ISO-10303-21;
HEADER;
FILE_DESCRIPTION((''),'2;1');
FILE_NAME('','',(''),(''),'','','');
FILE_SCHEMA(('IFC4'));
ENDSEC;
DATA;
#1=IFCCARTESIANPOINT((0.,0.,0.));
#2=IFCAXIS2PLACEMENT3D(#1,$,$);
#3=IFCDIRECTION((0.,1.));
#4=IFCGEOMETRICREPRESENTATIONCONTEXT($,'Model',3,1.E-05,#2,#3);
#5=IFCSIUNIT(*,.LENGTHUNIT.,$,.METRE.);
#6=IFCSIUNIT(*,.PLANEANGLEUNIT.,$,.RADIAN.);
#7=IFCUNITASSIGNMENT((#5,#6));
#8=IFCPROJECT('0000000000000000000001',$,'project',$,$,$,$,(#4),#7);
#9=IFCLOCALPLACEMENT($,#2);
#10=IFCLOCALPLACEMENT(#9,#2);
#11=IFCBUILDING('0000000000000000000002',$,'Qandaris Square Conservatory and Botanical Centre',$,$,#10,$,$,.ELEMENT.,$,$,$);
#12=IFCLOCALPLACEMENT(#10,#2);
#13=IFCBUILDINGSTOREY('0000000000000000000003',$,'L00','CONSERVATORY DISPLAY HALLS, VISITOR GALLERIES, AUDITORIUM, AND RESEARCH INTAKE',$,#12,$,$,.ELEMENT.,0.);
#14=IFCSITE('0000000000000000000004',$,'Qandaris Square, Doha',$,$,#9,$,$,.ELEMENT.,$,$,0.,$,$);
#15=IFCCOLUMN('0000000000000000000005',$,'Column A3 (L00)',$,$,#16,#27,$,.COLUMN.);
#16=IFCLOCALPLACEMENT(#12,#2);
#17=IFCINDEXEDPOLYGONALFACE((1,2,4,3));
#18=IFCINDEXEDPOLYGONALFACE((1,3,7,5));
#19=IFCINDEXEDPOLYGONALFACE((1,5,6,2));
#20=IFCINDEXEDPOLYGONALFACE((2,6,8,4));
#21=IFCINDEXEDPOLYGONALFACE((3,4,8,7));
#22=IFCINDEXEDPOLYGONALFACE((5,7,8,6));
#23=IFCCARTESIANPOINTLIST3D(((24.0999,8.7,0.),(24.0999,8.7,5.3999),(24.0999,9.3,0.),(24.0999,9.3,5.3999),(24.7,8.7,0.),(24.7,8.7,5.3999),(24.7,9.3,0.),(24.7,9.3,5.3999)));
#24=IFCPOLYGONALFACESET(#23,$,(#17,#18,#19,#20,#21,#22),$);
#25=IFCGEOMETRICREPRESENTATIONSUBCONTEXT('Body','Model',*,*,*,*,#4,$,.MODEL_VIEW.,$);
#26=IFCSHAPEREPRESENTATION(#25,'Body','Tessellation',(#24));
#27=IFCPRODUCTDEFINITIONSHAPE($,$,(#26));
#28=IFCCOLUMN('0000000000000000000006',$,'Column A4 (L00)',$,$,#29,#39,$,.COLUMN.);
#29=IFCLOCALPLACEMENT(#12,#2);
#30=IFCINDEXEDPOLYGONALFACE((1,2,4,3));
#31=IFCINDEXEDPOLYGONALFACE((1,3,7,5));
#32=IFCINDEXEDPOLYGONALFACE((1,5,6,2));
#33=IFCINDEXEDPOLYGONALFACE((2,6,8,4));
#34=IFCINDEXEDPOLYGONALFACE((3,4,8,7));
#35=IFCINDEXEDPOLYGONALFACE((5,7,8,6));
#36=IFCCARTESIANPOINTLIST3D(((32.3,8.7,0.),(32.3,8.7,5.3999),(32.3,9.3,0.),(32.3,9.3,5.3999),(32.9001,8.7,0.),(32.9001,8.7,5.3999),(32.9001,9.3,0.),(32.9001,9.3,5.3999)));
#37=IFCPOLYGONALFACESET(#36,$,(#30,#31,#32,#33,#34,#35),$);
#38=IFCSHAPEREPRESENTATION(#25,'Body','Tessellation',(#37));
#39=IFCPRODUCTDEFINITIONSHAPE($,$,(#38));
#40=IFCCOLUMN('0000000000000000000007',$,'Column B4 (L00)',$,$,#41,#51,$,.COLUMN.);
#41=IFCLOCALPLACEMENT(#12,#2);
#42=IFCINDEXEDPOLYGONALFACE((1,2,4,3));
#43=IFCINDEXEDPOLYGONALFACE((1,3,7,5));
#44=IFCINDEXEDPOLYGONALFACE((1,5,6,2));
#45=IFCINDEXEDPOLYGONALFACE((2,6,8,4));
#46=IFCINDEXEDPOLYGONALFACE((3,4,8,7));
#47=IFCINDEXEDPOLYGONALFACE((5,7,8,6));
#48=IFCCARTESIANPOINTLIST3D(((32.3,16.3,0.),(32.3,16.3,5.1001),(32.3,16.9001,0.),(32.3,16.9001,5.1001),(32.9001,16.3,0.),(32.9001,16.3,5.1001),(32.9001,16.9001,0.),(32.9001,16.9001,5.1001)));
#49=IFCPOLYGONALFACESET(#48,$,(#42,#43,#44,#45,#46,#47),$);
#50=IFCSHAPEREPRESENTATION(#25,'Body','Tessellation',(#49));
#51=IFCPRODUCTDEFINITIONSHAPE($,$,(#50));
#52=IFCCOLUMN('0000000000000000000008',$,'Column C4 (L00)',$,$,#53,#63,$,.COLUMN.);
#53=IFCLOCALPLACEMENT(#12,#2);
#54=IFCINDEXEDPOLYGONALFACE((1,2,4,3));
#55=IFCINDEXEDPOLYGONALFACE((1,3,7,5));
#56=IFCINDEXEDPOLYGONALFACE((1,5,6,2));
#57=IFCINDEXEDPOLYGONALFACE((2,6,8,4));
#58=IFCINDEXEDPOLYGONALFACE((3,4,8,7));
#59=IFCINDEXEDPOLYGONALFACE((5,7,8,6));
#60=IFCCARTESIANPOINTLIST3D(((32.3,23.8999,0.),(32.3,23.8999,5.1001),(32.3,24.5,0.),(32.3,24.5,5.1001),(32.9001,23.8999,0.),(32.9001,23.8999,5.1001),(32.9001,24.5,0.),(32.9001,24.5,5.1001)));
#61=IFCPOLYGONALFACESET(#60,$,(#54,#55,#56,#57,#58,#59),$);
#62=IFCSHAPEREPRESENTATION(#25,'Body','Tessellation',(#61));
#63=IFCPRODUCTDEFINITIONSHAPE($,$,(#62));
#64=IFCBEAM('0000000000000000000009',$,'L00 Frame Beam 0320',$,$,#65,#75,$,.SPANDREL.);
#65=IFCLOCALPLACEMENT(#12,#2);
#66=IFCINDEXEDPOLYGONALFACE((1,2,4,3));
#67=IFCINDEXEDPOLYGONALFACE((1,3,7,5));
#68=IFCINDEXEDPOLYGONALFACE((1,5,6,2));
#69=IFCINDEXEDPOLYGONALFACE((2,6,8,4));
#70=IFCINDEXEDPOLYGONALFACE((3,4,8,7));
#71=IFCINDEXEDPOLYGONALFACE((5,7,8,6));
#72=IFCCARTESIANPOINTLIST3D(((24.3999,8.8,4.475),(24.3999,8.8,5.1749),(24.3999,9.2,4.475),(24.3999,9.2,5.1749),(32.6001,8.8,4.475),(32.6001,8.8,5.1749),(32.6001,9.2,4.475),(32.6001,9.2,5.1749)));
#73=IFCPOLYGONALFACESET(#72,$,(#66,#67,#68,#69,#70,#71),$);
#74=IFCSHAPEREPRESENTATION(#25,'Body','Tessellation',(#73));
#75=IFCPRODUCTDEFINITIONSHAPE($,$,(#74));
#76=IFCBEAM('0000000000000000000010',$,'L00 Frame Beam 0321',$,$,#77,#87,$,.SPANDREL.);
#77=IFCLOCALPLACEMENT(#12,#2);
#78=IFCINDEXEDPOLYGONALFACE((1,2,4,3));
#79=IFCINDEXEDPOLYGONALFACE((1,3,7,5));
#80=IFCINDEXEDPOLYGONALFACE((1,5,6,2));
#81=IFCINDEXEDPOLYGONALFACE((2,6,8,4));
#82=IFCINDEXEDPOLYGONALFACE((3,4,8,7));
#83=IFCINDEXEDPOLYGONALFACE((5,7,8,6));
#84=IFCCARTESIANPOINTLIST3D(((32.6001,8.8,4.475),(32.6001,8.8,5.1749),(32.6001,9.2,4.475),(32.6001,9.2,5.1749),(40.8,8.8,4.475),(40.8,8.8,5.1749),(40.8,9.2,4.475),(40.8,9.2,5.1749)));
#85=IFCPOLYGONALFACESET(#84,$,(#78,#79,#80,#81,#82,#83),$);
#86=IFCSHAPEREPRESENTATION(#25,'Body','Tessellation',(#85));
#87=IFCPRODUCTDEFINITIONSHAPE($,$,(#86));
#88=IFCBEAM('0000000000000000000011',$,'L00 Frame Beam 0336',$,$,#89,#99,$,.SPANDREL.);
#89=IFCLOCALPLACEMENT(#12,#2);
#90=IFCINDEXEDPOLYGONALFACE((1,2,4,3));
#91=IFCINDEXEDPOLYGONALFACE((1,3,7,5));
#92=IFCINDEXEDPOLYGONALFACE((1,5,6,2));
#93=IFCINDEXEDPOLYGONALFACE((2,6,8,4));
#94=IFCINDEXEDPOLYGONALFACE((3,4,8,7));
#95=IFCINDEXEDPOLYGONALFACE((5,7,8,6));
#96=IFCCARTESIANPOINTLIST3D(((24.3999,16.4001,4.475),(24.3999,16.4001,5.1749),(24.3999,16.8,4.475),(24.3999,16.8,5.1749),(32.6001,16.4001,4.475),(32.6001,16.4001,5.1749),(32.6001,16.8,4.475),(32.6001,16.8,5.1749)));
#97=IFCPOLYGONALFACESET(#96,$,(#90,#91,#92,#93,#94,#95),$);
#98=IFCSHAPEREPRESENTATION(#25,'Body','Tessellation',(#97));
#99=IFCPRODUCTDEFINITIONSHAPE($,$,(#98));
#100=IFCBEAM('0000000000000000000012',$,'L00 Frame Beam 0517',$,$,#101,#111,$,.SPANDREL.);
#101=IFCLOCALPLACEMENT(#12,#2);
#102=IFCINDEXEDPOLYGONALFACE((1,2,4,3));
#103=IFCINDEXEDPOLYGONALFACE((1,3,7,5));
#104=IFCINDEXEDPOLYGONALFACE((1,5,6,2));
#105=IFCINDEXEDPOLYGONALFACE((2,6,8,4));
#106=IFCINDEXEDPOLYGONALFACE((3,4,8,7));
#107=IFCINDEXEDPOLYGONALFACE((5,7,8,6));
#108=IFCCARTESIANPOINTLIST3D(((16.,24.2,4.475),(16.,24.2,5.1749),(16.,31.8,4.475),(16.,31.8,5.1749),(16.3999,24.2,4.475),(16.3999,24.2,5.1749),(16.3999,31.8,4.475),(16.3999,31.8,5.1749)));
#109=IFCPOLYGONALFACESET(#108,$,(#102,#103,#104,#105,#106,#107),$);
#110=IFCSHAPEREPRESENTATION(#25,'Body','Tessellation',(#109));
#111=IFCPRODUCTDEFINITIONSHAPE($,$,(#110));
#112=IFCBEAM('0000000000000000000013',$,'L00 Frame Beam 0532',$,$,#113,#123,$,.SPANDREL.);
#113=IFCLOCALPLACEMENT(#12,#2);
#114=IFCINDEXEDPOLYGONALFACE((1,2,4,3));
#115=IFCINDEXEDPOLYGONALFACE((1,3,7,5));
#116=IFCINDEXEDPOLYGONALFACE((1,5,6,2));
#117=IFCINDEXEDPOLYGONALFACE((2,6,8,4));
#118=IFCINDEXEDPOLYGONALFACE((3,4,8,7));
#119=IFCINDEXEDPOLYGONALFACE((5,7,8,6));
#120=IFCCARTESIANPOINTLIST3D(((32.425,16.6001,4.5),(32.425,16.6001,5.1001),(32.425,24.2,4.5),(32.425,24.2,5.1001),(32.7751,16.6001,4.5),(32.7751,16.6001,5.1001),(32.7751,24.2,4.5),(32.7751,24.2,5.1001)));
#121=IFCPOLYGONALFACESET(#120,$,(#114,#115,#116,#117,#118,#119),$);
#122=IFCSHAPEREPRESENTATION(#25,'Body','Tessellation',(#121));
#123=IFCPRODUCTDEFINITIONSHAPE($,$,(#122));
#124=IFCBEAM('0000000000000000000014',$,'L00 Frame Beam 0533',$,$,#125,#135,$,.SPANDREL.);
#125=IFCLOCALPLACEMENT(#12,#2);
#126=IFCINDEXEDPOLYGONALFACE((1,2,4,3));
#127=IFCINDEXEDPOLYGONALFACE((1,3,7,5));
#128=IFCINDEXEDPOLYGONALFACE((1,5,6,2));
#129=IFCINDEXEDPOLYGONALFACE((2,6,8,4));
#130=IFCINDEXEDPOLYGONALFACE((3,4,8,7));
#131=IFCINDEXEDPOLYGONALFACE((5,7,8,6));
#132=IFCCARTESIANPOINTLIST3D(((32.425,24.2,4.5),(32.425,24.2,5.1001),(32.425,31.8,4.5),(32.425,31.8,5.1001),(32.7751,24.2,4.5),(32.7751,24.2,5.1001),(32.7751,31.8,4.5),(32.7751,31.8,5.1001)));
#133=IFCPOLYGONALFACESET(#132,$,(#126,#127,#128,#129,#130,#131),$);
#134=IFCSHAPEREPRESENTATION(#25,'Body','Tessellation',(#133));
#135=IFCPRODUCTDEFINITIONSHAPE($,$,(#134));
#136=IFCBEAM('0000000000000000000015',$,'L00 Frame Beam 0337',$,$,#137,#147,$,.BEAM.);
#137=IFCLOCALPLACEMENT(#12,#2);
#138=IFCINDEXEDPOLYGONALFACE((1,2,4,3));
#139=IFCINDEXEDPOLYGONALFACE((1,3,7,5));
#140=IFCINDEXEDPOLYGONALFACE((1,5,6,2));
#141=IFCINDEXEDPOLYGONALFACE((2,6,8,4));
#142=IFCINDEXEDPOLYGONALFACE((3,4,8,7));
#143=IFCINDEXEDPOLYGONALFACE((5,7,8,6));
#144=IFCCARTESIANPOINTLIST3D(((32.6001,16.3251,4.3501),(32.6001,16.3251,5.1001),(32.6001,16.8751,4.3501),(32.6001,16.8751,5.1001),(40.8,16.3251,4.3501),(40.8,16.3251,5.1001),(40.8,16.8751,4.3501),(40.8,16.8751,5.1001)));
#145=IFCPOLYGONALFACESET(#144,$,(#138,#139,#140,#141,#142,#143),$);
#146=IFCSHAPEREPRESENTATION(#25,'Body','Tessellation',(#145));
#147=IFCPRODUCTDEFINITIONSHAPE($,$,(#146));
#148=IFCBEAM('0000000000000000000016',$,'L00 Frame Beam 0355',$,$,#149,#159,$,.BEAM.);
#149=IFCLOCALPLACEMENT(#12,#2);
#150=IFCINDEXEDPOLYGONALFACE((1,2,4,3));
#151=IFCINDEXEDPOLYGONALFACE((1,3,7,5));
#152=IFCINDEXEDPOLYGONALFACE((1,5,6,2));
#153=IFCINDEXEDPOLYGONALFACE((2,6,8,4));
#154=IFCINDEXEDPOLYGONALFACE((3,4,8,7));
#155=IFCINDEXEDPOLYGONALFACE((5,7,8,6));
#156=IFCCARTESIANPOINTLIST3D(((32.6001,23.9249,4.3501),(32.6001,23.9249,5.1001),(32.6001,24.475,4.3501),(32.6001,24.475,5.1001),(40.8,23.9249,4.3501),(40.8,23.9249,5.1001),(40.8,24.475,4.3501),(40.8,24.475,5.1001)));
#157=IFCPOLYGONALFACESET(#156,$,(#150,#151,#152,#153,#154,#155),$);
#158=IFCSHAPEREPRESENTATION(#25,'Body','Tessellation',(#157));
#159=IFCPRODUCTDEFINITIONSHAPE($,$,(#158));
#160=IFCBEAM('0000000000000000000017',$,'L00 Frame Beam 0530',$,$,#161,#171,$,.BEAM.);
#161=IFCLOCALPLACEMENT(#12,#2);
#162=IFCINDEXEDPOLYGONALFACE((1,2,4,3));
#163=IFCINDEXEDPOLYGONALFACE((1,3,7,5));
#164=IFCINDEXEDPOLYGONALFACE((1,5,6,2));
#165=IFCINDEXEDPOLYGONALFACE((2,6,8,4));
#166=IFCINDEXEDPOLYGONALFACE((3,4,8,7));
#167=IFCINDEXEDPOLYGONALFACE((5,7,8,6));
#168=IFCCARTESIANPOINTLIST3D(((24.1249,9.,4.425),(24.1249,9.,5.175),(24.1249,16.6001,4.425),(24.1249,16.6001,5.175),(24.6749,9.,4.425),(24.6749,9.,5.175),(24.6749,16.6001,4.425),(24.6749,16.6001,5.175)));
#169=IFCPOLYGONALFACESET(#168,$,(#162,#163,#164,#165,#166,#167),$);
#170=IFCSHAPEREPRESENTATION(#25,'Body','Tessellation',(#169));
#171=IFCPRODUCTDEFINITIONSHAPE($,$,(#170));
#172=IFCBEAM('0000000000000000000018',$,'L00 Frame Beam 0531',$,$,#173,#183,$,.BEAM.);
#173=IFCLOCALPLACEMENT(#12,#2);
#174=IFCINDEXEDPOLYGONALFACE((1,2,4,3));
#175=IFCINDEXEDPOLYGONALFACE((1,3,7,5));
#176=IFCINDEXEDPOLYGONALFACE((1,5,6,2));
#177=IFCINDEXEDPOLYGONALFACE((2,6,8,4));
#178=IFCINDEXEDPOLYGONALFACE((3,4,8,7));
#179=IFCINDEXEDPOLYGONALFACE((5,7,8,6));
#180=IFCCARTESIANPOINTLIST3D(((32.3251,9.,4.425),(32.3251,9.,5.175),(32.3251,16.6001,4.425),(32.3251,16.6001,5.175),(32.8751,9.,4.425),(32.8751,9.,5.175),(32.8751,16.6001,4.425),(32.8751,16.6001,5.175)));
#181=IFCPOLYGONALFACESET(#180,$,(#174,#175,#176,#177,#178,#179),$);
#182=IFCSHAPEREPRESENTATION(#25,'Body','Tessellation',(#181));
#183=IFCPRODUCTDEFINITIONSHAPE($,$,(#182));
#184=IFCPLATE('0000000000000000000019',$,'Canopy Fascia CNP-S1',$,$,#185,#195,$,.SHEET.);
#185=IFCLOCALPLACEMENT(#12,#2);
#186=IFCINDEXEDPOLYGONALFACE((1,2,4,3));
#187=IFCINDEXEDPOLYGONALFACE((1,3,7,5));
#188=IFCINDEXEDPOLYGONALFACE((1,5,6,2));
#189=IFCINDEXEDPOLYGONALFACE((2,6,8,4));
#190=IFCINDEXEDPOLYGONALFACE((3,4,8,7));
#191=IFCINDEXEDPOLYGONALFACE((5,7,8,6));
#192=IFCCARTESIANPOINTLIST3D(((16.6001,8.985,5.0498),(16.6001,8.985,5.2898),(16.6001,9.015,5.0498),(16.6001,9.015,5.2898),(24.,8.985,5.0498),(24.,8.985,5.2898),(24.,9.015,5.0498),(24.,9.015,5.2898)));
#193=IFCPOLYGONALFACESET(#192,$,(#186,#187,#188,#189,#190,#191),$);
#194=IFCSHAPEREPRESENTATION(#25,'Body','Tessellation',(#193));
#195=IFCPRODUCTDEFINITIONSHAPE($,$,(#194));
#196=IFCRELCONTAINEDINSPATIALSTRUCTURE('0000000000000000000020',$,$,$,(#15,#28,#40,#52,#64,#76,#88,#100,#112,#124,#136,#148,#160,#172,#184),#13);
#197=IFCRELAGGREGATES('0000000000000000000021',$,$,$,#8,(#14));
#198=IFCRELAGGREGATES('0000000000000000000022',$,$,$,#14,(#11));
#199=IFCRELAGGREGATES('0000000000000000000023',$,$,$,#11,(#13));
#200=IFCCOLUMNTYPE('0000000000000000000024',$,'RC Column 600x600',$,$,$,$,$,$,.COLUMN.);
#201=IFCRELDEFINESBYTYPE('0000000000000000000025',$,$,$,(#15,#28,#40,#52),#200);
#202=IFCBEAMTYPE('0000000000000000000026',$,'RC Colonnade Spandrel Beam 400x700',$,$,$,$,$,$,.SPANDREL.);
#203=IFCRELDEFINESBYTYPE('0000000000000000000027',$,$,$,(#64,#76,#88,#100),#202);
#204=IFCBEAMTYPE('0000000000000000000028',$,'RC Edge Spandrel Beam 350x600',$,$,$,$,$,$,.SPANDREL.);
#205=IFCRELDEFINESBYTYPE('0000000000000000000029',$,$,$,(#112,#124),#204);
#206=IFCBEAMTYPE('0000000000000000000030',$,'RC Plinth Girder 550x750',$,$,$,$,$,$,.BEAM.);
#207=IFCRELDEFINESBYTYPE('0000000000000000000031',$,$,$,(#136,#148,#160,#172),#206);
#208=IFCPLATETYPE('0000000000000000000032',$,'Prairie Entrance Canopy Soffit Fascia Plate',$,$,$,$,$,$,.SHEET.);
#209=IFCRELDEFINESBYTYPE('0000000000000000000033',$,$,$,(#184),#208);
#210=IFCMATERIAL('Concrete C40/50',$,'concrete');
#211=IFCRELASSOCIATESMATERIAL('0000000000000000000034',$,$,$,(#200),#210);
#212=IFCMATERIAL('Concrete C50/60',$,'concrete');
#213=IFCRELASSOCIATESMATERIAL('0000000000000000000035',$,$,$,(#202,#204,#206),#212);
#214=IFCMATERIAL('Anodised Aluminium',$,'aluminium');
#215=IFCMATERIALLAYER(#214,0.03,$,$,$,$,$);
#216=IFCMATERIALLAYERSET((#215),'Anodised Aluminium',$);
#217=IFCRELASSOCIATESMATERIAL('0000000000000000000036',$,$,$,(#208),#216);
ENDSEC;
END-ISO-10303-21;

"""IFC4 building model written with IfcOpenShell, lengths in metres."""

from ifc_helpers import new_model, si_unit, direction, frame, origin, origin_2d, place, context, subcontext, project, spatial, rectangle, extrude, material, layer, layer_set, material_profile, profile_set, type_object, element, save


model = new_model("IFC4")

# Units and contexts
model_context = context("Model", 3, precision=1e-05, world=origin(), true_north=direction((0.0, 1.0)))
body_context = subcontext(model_context, "Body", "Model", "MODEL_VIEW")
ifc_project = project(units=[si_unit("LENGTHUNIT", "METRE"), si_unit("PLANEANGLEUNIT", "RADIAN")], contexts=[model_context])

# Site, building, storey
site_placement = place(None, origin())
site = spatial("IfcSite", under=ifc_project, at=site_placement, Name="Qandaris Square, Doha", CompositionType="ELEMENT", RefElevation=0.0)
building_placement = place(site_placement, origin())
building = spatial("IfcBuilding", under=site, at=building_placement, Name="Qandaris Square Conservatory and Botanical Centre", CompositionType="ELEMENT")
storey_placement = place(building_placement, origin())
storey = spatial("IfcBuildingStorey", under=building, at=storey_placement, Name="L00", Description="CONSERVATORY DISPLAY HALLS, VISITOR GALLERIES, AUDITORIUM, AND RESEARCH INTAKE", CompositionType="ELEMENT", Elevation=0.0)

# Shared definitions
ifc_material_1 = material(Name="Concrete C50/60", Category="concrete")

# Shared definitions
ifc_material_2 = material(Name="Concrete C40/50", Category="concrete")

# Columns
ifc_material_profile_1 = material_profile(ifc_material_2, rectangle(XDim=0.6001, YDim=0.6001, at=origin_2d()), Name="RC-COL 600x600")
ifc_profile_set_1 = profile_set([ifc_material_profile_1], Name="Concrete C40/50")
column_type_1 = type_object("IfcColumnType", Name="RC Column 600x600", PredefinedType="COLUMN", material=ifc_profile_set_1)
for number, where, z_axis, x_axis, name in (
    (1, (24.3999, 9.0, 0.0), (0.0, 0.0, 1.0), (1.0, 0.0, 0.0), "Column A3 (L00)"),
    (2, (32.6001, 9.0, 0.0), (0.0, 0.0, 1.0), (1.0, 0.0, 0.0), "Column A4 (L00)"),
):
    element("IfcColumn", number, at=place(storey_placement, frame(where, z_axis=z_axis, x_axis=x_axis)), inside=storey, type_object=column_type_1, Name=name, PredefinedType="COLUMN", context=body_context, shape_type="SweptSolid", body=[
        extrude(rectangle(XDim=0.6001, YDim=0.6001, at=origin_2d()), origin(), (0.0, 0.0, 1.0), 5.3999),
    ])
for number, where, z_axis, x_axis, name in (
    (3, (32.6001, 16.6001, 0.0), (0.0, 0.0, 1.0), (1.0, 0.0, 0.0), "Column B4 (L00)"),
    (4, (32.6001, 24.2, 0.0), (0.0, 0.0, 1.0), (1.0, 0.0, 0.0), "Column C4 (L00)"),
):
    element("IfcColumn", number, at=place(storey_placement, frame(where, z_axis=z_axis, x_axis=x_axis)), inside=storey, type_object=column_type_1, Name=name, PredefinedType="COLUMN", context=body_context, shape_type="SweptSolid", body=[
        extrude(rectangle(XDim=0.6001, YDim=0.6001, at=origin_2d()), origin(), (0.0, 0.0, 1.0), 5.1001),
    ])

# Beams
ifc_material_profile_2 = material_profile(ifc_material_1, rectangle(XDim=0.3999, YDim=0.7, at=origin_2d()), Name="RC-SP 400x700")
ifc_profile_set_2 = profile_set([ifc_material_profile_2], Name="Concrete C50/60")
beam_type_1 = type_object("IfcBeamType", Name="RC Colonnade Spandrel Beam 400x700", PredefinedType="SPANDREL", material=ifc_profile_set_2)
beam_1_placement = place(storey_placement, frame((24.3999, 9.0, 4.825), z_axis=(1.0, 0.0, 0.0), x_axis=(0.0, 1.0, 0.0)))
element("IfcBeam", 5, at=beam_1_placement, inside=storey, type_object=beam_type_1, Name="L00 Frame Beam 0320", PredefinedType="SPANDREL", context=body_context, shape_type="SweptSolid", body=[
    extrude(rectangle(XDim=0.3999, YDim=0.7, at=origin_2d()), origin(), (0.0, 0.0, 1.0), 8.2002),
])
beam_2_placement = place(storey_placement, frame((32.6001, 9.0, 4.825), z_axis=(1.0, 0.0, 0.0), x_axis=(0.0, 1.0, 0.0)))
element("IfcBeam", 6, at=beam_2_placement, inside=storey, type_object=beam_type_1, Name="L00 Frame Beam 0321", PredefinedType="SPANDREL", context=body_context, shape_type="SweptSolid", body=[
    extrude(rectangle(XDim=0.3999, YDim=0.7, at=origin_2d()), origin(), (0.0, 0.0, 1.0), 8.2),
])
beam_3_placement = place(storey_placement, frame((24.3999, 16.6001, 4.825), z_axis=(1.0, 0.0, 0.0), x_axis=(0.0, 1.0, 0.0)))
element("IfcBeam", 7, at=beam_3_placement, inside=storey, type_object=beam_type_1, Name="L00 Frame Beam 0336", PredefinedType="SPANDREL", context=body_context, shape_type="SweptSolid", body=[
    extrude(rectangle(XDim=0.3999, YDim=0.7, at=origin_2d()), origin(), (0.0, 0.0, 1.0), 8.2002),
])
beam_4_placement = place(storey_placement, frame((16.2, 24.2, 4.825), z_axis=(0.0, 1.0, 0.0), x_axis=(-1.0, 0.0, 0.0)))
element("IfcBeam", 8, at=beam_4_placement, inside=storey, type_object=beam_type_1, Name="L00 Frame Beam 0517", PredefinedType="SPANDREL", context=body_context, shape_type="SweptSolid", body=[
    extrude(rectangle(XDim=0.3999, YDim=0.7, at=origin_2d()), origin(), (0.0, 0.0, 1.0), 7.6001),
])
ifc_material_profile_3 = material_profile(ifc_material_1, rectangle(XDim=0.3501, YDim=0.6001, at=origin_2d()), Name="RC-SP 350x600")
ifc_profile_set_3 = profile_set([ifc_material_profile_3], Name="Concrete C50/60")
beam_type_2 = type_object("IfcBeamType", Name="RC Edge Spandrel Beam 350x600", PredefinedType="SPANDREL", material=ifc_profile_set_3)
beam_5_placement = place(storey_placement, frame((32.6001, 16.6001, 4.8), z_axis=(0.0, 1.0, 0.0), x_axis=(-1.0, 0.0, 0.0)))
element("IfcBeam", 9, at=beam_5_placement, inside=storey, type_object=beam_type_2, Name="L00 Frame Beam 0532", PredefinedType="SPANDREL", context=body_context, shape_type="SweptSolid", body=[
    extrude(rectangle(XDim=0.3501, YDim=0.6001, at=origin_2d()), origin(), (0.0, 0.0, 1.0), 7.5999),
])
beam_6_placement = place(storey_placement, frame((32.6001, 24.2, 4.8), z_axis=(0.0, 1.0, 0.0), x_axis=(-1.0, 0.0, 0.0)))
element("IfcBeam", 10, at=beam_6_placement, inside=storey, type_object=beam_type_2, Name="L00 Frame Beam 0533", PredefinedType="SPANDREL", context=body_context, shape_type="SweptSolid", body=[
    extrude(rectangle(XDim=0.3501, YDim=0.6001, at=origin_2d()), origin(), (0.0, 0.0, 1.0), 7.6001),
])
ifc_material_profile_4 = material_profile(ifc_material_1, rectangle(XDim=0.55, YDim=0.75, at=origin_2d()), Name="RC-BM 550x750")
ifc_profile_set_4 = profile_set([ifc_material_profile_4], Name="Concrete C50/60")
beam_type_3 = type_object("IfcBeamType", Name="RC Plinth Girder 550x750", PredefinedType="BEAM", material=ifc_profile_set_4)
for number, where, z_axis, x_axis, name in (
    (11, (32.6001, 16.6001, 4.7251), (1.0, 0.0, 0.0), (0.0, 1.0, 0.0), "L00 Frame Beam 0337"),
    (12, (32.6001, 24.2, 4.7251), (1.0, 0.0, 0.0), (0.0, 1.0, 0.0), "L00 Frame Beam 0355"),
):
    element("IfcBeam", number, at=place(storey_placement, frame(where, z_axis=z_axis, x_axis=x_axis)), inside=storey, type_object=beam_type_3, Name=name, PredefinedType="BEAM", context=body_context, shape_type="SweptSolid", body=[
        extrude(rectangle(XDim=0.55, YDim=0.75, at=origin_2d()), origin(), (0.0, 0.0, 1.0), 8.2),
    ])
for number, where, z_axis, x_axis, name in (
    (13, (24.3999, 9.0, 4.8), (0.0, 1.0, 0.0), (-1.0, 0.0, 0.0), "L00 Frame Beam 0530"),
    (14, (32.6001, 9.0, 4.8), (0.0, 1.0, 0.0), (-1.0, 0.0, 0.0), "L00 Frame Beam 0531"),
):
    element("IfcBeam", number, at=place(storey_placement, frame(where, z_axis=z_axis, x_axis=x_axis)), inside=storey, type_object=beam_type_3, Name=name, PredefinedType="BEAM", context=body_context, shape_type="SweptSolid", body=[
        extrude(rectangle(XDim=0.55, YDim=0.75, at=origin_2d()), origin(), (0.0, 0.0, 1.0), 7.6001),
    ])

# Plate
ifc_material_3 = material(Name="Anodised Aluminium", Category="aluminium")
ifc_layer_1 = layer(ifc_material_3, 0.03)
ifc_layer_set_1 = layer_set([ifc_layer_1], Name="Anodised Aluminium")
plate_type = type_object("IfcPlateType", Name="Prairie Entrance Canopy Soffit Fascia Plate", PredefinedType="SHEET", material=ifc_layer_set_1)
for number, where, z_axis, x_axis, name in (
    (15, (20.3, 9.0, 5.0498), (0.0, 0.0, 1.0), (1.0, 0.0, 0.0), "Canopy Fascia CNP-S1"),
):
    element("IfcPlate", number, at=place(storey_placement, frame(where, z_axis=z_axis, x_axis=x_axis)), inside=storey, type_object=plate_type, Name=name, PredefinedType="SHEET", context=body_context, shape_type="SweptSolid", body=[
        extrude(rectangle(XDim=7.3999, YDim=0.03, at=origin_2d()), origin(), (0.0, 0.0, 1.0), 0.24),
    ])

save(model, "model.ifc")
